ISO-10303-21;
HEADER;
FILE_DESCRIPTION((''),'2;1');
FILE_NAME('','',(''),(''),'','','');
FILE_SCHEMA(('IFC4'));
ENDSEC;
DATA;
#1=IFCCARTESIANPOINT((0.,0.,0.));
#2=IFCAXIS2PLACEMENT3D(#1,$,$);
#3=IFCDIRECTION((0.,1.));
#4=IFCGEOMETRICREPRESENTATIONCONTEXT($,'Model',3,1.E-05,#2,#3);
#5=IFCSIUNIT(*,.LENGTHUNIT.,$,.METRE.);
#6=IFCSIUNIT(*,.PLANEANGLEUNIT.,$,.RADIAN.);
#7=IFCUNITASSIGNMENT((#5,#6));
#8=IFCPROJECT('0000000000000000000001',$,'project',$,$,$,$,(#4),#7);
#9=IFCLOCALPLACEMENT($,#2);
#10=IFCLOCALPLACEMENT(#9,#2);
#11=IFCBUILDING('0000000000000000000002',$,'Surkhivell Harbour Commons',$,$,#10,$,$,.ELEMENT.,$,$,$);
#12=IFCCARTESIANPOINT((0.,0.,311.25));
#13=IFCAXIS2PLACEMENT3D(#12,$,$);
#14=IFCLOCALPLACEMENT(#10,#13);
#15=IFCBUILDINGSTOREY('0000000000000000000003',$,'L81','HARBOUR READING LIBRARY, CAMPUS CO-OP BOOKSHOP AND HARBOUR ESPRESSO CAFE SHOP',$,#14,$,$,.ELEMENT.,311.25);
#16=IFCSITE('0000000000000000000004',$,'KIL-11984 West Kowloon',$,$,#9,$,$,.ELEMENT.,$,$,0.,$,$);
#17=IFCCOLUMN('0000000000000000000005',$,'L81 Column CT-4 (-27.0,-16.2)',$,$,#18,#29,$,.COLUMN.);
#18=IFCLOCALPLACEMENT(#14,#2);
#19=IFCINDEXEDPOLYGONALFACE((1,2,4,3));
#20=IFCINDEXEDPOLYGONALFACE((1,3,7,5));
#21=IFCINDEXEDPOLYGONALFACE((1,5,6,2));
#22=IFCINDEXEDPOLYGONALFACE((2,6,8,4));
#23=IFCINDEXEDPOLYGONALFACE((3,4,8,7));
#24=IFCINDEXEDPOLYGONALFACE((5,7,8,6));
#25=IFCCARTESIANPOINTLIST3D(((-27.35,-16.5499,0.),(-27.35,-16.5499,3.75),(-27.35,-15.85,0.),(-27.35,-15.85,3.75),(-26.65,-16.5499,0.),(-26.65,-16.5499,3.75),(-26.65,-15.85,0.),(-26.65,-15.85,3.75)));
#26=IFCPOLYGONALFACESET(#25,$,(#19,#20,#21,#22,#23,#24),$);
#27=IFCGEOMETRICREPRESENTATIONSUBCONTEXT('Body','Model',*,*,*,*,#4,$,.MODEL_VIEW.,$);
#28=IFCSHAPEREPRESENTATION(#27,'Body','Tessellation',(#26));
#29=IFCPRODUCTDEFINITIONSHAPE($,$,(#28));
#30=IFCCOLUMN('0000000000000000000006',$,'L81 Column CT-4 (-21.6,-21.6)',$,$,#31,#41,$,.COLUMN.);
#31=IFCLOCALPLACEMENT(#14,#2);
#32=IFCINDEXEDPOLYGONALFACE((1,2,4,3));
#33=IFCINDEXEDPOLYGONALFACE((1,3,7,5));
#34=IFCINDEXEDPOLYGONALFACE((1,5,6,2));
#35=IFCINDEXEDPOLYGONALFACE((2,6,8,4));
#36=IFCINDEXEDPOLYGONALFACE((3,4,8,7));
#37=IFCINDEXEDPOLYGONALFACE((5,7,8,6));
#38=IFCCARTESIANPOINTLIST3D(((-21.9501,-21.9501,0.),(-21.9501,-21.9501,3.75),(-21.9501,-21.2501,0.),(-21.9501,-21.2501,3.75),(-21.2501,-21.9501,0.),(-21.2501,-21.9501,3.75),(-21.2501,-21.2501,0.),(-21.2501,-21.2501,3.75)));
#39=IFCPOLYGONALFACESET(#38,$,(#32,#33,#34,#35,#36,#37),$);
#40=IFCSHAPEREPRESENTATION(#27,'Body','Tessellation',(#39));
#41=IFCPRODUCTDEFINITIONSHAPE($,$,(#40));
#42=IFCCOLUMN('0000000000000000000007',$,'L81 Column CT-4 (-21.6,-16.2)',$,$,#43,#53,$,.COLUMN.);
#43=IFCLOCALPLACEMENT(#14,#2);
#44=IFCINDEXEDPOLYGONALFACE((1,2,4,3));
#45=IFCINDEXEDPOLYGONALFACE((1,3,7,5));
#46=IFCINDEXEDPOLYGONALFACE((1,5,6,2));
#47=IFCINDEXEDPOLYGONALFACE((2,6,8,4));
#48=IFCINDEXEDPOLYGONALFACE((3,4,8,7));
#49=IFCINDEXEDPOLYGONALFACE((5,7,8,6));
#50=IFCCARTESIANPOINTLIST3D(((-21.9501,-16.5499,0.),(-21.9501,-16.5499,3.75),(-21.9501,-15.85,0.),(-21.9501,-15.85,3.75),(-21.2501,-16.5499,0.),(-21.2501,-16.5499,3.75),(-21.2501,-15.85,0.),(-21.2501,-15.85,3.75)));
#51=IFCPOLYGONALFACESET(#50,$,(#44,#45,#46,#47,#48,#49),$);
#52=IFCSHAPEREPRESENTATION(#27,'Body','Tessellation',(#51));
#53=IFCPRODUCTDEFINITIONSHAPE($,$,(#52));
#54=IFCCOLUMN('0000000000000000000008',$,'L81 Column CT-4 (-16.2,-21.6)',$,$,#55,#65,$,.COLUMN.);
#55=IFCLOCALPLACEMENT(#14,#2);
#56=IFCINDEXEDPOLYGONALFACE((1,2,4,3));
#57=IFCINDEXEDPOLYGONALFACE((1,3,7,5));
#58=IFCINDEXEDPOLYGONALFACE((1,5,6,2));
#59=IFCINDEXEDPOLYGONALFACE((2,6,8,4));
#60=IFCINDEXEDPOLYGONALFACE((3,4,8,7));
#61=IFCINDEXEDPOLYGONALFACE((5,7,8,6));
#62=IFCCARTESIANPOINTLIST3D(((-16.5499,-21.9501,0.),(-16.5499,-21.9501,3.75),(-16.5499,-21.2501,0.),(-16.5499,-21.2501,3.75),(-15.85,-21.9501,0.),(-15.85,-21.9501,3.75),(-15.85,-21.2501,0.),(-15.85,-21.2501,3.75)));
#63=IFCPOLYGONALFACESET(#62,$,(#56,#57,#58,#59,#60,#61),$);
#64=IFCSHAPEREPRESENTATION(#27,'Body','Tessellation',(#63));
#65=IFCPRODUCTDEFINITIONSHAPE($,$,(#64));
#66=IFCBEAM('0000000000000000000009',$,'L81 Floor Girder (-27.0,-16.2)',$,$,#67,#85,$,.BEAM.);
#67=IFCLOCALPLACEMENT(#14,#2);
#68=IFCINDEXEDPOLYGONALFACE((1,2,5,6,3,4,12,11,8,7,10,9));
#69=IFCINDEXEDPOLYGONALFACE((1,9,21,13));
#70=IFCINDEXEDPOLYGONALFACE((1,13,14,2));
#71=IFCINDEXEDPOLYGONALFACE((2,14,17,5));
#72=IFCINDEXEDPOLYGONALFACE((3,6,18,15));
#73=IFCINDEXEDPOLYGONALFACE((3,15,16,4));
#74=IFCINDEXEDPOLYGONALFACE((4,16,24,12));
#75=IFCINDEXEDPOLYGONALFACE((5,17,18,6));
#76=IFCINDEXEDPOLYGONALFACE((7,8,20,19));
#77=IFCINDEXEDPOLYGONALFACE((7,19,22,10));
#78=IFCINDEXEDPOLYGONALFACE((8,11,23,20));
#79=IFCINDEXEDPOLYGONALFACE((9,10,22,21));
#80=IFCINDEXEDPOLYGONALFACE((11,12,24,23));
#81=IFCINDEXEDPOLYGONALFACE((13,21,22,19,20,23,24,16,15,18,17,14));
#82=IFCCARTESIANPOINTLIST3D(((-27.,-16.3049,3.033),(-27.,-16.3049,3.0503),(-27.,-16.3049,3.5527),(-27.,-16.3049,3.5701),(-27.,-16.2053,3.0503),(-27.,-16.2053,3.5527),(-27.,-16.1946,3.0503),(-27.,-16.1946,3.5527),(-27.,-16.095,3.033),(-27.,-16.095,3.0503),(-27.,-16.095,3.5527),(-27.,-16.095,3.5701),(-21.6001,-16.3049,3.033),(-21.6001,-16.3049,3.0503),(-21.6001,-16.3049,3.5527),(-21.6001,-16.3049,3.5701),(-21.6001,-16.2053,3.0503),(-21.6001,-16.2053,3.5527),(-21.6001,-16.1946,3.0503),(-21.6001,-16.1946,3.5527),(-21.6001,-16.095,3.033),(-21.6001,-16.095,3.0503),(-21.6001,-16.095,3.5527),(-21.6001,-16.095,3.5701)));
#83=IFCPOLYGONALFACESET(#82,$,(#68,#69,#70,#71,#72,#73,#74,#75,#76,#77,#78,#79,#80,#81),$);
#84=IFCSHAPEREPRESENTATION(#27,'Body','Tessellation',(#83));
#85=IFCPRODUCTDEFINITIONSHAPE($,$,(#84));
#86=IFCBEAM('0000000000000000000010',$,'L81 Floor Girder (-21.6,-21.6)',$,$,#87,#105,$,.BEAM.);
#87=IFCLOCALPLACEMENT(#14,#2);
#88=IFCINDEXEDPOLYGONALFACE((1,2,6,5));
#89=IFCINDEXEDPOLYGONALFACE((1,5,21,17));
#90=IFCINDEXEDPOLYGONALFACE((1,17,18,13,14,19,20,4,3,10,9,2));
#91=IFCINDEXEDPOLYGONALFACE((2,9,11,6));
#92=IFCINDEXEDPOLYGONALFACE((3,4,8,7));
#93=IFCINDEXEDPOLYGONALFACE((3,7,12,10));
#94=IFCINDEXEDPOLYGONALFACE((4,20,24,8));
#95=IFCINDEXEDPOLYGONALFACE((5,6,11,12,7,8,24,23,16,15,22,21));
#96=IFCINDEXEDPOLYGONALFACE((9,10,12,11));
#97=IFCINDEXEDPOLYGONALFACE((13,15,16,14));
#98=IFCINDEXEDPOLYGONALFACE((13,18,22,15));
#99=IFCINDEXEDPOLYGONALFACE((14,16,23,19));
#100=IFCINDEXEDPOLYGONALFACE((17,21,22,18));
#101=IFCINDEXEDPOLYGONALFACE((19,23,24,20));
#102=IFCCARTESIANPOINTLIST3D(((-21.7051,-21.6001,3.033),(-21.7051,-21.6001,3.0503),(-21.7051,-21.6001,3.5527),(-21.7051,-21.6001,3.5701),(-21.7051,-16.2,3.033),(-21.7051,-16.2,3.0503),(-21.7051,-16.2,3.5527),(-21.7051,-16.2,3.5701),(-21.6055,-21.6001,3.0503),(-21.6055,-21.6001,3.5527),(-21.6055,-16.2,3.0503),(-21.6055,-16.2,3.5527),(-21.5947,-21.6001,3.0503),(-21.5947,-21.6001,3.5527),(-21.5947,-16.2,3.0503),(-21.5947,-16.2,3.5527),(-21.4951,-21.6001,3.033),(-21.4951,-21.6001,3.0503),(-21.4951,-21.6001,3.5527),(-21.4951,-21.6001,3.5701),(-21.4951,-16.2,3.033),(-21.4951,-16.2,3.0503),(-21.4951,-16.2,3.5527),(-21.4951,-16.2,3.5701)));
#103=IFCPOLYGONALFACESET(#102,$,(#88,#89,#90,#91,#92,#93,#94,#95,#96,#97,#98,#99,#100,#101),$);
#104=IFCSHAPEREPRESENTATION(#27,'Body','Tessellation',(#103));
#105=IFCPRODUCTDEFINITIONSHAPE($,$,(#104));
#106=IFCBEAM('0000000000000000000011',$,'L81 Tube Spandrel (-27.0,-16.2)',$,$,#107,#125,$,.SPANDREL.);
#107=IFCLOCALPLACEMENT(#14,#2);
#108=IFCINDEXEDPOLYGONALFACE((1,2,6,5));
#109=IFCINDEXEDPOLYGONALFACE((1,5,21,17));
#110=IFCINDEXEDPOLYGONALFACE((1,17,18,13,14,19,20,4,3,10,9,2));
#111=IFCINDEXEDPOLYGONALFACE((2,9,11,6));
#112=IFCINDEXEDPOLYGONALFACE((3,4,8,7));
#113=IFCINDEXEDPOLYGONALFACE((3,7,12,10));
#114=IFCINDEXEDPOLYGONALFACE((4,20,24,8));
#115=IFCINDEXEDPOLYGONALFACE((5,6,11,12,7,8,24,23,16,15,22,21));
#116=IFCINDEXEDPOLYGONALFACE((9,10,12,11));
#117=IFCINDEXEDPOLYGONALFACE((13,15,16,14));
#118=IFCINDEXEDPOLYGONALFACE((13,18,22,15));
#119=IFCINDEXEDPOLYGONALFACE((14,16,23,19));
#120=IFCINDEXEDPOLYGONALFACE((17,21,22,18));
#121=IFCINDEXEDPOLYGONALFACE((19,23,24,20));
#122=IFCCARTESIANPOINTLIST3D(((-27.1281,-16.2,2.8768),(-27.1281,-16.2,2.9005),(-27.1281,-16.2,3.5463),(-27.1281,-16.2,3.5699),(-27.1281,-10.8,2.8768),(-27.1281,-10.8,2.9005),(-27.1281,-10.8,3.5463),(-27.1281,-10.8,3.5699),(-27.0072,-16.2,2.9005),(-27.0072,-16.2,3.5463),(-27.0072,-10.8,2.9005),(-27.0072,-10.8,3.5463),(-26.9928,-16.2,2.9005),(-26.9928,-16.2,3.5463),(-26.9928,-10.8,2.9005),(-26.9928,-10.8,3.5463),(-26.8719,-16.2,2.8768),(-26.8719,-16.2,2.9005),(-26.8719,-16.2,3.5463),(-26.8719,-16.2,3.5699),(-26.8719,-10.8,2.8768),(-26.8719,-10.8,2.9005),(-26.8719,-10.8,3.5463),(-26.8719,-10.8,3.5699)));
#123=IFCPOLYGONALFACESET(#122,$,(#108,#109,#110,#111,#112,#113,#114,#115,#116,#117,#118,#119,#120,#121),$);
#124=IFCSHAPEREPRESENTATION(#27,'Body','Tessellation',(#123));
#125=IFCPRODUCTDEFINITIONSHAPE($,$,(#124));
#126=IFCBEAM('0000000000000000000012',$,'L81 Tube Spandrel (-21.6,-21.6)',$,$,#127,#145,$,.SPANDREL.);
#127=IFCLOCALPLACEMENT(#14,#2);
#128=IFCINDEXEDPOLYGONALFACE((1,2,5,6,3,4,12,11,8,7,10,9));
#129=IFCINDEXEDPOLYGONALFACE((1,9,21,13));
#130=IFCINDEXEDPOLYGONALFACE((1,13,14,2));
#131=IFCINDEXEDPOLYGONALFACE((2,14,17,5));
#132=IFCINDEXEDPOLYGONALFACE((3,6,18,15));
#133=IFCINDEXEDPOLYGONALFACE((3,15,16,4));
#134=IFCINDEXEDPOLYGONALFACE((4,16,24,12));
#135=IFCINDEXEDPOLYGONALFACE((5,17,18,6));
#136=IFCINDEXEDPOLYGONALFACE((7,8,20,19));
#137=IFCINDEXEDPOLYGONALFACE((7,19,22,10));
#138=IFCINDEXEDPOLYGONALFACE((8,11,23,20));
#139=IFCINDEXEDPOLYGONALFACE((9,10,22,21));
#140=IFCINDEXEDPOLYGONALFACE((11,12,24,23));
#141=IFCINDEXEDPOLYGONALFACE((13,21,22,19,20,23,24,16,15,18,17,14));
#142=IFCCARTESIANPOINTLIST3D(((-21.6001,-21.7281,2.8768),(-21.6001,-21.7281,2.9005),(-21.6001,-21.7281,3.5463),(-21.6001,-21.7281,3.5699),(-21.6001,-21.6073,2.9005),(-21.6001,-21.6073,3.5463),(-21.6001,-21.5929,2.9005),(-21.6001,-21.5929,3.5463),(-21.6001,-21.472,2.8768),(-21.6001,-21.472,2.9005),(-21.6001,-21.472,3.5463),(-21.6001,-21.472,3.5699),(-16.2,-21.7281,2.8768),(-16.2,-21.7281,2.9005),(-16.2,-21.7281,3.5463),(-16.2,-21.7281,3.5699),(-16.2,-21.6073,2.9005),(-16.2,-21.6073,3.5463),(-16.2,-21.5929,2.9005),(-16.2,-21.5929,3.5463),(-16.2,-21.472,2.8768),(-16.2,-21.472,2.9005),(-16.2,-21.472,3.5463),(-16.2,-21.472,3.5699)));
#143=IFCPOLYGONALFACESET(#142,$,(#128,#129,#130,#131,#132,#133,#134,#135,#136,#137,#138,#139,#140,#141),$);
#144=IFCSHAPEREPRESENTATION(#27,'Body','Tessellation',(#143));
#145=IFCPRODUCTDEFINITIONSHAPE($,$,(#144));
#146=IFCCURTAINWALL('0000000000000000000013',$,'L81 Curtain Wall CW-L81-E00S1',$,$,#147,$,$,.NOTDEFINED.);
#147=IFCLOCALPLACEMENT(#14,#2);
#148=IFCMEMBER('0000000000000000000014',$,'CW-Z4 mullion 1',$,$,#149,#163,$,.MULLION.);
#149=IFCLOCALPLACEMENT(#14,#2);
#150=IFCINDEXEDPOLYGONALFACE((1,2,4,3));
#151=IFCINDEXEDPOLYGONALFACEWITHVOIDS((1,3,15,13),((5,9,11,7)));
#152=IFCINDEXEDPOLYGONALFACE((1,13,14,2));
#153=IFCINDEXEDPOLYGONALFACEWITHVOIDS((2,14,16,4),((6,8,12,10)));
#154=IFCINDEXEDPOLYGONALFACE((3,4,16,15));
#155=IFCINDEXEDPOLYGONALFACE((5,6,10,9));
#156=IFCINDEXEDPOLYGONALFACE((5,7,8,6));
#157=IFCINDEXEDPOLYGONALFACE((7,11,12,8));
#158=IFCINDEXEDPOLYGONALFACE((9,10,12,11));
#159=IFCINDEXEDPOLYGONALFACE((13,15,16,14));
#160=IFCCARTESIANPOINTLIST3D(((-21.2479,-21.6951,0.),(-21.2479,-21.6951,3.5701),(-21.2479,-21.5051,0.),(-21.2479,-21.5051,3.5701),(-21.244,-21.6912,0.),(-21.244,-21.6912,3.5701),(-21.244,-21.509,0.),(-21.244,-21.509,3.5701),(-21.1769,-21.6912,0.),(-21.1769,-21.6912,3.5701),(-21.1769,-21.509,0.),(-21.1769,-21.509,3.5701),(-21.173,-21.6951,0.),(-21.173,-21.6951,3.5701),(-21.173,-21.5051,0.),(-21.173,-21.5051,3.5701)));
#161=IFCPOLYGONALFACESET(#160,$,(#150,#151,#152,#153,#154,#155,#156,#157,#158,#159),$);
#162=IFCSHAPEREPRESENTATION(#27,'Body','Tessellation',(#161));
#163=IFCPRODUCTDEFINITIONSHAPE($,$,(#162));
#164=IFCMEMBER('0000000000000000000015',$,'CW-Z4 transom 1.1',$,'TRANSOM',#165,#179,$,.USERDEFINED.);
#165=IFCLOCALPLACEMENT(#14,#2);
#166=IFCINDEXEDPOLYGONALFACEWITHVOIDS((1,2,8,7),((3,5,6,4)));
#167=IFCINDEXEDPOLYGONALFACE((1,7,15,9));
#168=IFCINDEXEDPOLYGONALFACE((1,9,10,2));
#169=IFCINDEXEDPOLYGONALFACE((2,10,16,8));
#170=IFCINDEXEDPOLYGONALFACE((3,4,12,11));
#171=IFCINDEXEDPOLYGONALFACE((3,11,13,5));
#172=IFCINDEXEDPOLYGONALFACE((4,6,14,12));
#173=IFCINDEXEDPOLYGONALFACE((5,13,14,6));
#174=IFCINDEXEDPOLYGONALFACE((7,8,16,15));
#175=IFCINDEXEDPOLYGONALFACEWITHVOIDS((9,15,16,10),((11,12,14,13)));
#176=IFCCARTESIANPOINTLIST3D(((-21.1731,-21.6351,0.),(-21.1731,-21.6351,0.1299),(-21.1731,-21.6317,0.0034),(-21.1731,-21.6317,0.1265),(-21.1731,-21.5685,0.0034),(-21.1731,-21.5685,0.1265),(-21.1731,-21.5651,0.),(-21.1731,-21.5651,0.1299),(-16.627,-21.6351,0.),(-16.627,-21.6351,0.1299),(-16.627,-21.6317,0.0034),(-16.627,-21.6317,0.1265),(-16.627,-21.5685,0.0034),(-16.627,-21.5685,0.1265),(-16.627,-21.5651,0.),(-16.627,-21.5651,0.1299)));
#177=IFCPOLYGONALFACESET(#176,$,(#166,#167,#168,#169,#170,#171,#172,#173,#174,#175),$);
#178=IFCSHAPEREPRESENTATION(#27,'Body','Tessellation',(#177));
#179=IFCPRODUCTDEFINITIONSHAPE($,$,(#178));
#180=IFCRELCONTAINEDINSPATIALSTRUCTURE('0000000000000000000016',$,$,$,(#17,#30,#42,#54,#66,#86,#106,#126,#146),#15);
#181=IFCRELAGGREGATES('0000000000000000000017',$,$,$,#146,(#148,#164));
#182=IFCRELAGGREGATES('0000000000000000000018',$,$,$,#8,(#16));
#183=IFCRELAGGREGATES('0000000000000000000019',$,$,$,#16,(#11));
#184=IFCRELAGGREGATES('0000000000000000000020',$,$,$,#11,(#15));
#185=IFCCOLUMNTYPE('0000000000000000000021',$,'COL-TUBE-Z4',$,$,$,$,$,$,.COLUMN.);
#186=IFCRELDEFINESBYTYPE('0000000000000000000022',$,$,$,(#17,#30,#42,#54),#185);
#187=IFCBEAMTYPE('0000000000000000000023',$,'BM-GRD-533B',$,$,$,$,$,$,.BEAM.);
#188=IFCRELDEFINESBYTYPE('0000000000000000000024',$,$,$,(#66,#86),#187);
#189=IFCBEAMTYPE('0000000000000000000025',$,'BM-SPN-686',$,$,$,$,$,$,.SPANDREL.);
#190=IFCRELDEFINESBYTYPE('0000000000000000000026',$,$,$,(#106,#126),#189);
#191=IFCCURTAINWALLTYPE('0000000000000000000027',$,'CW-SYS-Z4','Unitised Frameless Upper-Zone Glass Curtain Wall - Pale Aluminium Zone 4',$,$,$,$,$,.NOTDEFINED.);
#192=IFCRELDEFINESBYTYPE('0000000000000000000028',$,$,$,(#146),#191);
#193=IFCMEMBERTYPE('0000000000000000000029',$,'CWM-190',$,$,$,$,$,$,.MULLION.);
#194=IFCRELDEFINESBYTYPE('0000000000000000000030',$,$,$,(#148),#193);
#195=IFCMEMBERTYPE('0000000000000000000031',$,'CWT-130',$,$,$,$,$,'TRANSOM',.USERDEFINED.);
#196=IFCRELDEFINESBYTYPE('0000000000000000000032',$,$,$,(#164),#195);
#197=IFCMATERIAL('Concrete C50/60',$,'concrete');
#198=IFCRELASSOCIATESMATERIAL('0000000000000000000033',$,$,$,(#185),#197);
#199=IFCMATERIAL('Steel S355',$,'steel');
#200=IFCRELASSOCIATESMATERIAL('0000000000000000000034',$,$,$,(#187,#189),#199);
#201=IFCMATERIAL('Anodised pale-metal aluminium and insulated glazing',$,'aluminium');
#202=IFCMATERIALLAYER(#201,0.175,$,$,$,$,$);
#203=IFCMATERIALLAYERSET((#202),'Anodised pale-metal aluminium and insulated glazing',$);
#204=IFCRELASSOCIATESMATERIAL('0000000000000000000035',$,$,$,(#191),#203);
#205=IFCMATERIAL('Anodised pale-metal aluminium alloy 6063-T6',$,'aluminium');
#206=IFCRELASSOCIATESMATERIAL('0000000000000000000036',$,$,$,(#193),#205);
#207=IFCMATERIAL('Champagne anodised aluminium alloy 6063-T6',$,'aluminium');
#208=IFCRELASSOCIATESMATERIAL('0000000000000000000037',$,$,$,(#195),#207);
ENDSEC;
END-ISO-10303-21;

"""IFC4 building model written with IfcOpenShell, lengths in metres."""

from ifc_helpers import new_model, si_unit, direction, frame, origin, origin_2d, place, context, subcontext, project, spatial, rectangle, hollow_rectangle, i_section, extrude, material, layer, layer_set, material_profile, profile_set, type_object, element, aggregate, save


model = new_model("IFC4")

# Units and contexts
model_context = context("Model", 3, precision=1e-05, world=origin(), true_north=direction((0.0, 1.0)))
body_context = subcontext(model_context, "Body", "Model", "MODEL_VIEW")
ifc_project = project(units=[si_unit("LENGTHUNIT", "METRE"), si_unit("PLANEANGLEUNIT", "RADIAN")], contexts=[model_context])

# Site, building, storey
site_placement = place(None, origin())
site = spatial("IfcSite", under=ifc_project, at=site_placement, Name="KIL-11984 West Kowloon", CompositionType="ELEMENT", RefElevation=0.0)
building_placement = place(site_placement, origin())
building = spatial("IfcBuilding", under=site, at=building_placement, Name="Surkhivell Harbour Commons", CompositionType="ELEMENT")
storey_placement = place(building_placement, frame((0.0, 0.0, 311.25)))
storey = spatial("IfcBuildingStorey", under=building, at=storey_placement, Name="L81", Description="HARBOUR READING LIBRARY, CAMPUS CO-OP BOOKSHOP AND HARBOUR ESPRESSO CAFE SHOP", CompositionType="ELEMENT", Elevation=311.25)

# Columns
ifc_material_1 = material(Name="Concrete C50/60", Category="concrete")
ifc_material_profile_1 = material_profile(ifc_material_1, rectangle(XDim=0.7, YDim=0.7, at=origin_2d()), Name="RC-COL-700x700")
ifc_profile_set_1 = profile_set([ifc_material_profile_1], Name="Concrete C50/60")
column_type = type_object("IfcColumnType", Name="COL-TUBE-Z4", PredefinedType="COLUMN", material=ifc_profile_set_1)
for number, where, z_axis, x_axis, name in (
    (1, (-27.0, -16.2, 0.0), (0.0, 0.0, 1.0), (1.0, 0.0, 0.0), "L81 Column CT-4 (-27.0,-16.2)"),
    (2, (-21.6001, -21.6001, 0.0), (0.0, 0.0, 1.0), (1.0, 0.0, 0.0), "L81 Column CT-4 (-21.6,-21.6)"),
    (3, (-21.6001, -16.2, 0.0), (0.0, 0.0, 1.0), (1.0, 0.0, 0.0), "L81 Column CT-4 (-21.6,-16.2)"),
    (4, (-16.2, -21.6001, 0.0), (0.0, 0.0, 1.0), (1.0, 0.0, 0.0), "L81 Column CT-4 (-16.2,-21.6)"),
):
    element("IfcColumn", number, at=place(storey_placement, frame(where, z_axis=z_axis, x_axis=x_axis)), inside=storey, type_object=column_type, Name=name, PredefinedType="COLUMN", context=body_context, shape_type="SweptSolid", body=[
        extrude(rectangle(XDim=0.7, YDim=0.7, at=origin_2d()), origin(), (0.0, 0.0, 1.0), 3.75),
    ])

# Beams
ifc_material_2 = material(Name="Steel S355", Category="steel")
ifc_material_profile_2 = material_profile(ifc_material_2, i_section(OverallWidth=0.21, OverallDepth=0.5371, WebThickness=0.0107, FlangeThickness=0.0173, at=origin_2d()), Name="UB533x210x101")
ifc_profile_set_2 = profile_set([ifc_material_profile_2], Name="Steel S355")
beam_type_1 = type_object("IfcBeamType", Name="BM-GRD-533B", PredefinedType="BEAM", material=ifc_profile_set_2)
beam_1_placement = place(storey_placement, frame((-27.0, -16.2, 3.3015), z_axis=(1.0, 0.0, 0.0), x_axis=(0.0, 1.0, 0.0)))
element("IfcBeam", 5, at=beam_1_placement, inside=storey, type_object=beam_type_1, Name="L81 Floor Girder (-27.0,-16.2)", PredefinedType="BEAM", context=body_context, shape_type="SweptSolid", body=[
    extrude(i_section(OverallWidth=0.21, OverallDepth=0.5371, WebThickness=0.0107, FlangeThickness=0.0173, at=origin_2d()), origin(), (0.0, 0.0, 1.0), 5.3999),
])
beam_2_placement = place(storey_placement, frame((-21.6001, -21.6001, 3.3015), z_axis=(0.0, 1.0, 0.0), x_axis=(-1.0, 0.0, 0.0)))
element("IfcBeam", 6, at=beam_2_placement, inside=storey, type_object=beam_type_1, Name="L81 Floor Girder (-21.6,-21.6)", PredefinedType="BEAM", context=body_context, shape_type="SweptSolid", body=[
    extrude(i_section(OverallWidth=0.21, OverallDepth=0.5371, WebThickness=0.0107, FlangeThickness=0.0173, at=origin_2d()), origin(), (0.0, 0.0, 1.0), 5.4001),
])
ifc_material_profile_3 = material_profile(ifc_material_2, i_section(OverallWidth=0.2561, OverallDepth=0.6931, WebThickness=0.0144, FlangeThickness=0.0237, at=origin_2d()), Name="UB686x254x170")
ifc_profile_set_3 = profile_set([ifc_material_profile_3], Name="Steel S355")
beam_type_2 = type_object("IfcBeamType", Name="BM-SPN-686", PredefinedType="SPANDREL", material=ifc_profile_set_3)
beam_3_placement = place(storey_placement, frame((-27.0, -16.2, 3.2234), z_axis=(0.0, 1.0, 0.0), x_axis=(-1.0, 0.0, 0.0)))
element("IfcBeam", 7, at=beam_3_placement, inside=storey, type_object=beam_type_2, Name="L81 Tube Spandrel (-27.0,-16.2)", PredefinedType="SPANDREL", context=body_context, shape_type="SweptSolid", body=[
    extrude(i_section(OverallWidth=0.2561, OverallDepth=0.6931, WebThickness=0.0144, FlangeThickness=0.0237, at=origin_2d()), origin(), (0.0, 0.0, 1.0), 5.3999),
])
beam_4_placement = place(storey_placement, frame((-21.6001, -21.6001, 3.2234), z_axis=(1.0, 0.0, 0.0), x_axis=(0.0, 1.0, 0.0)))
element("IfcBeam", 8, at=beam_4_placement, inside=storey, type_object=beam_type_2, Name="L81 Tube Spandrel (-21.6,-21.6)", PredefinedType="SPANDREL", context=body_context, shape_type="SweptSolid", body=[
    extrude(i_section(OverallWidth=0.2561, OverallDepth=0.6931, WebThickness=0.0144, FlangeThickness=0.0237, at=origin_2d()), origin(), (0.0, 0.0, 1.0), 5.4001),
])

# Curtain wall, members
ifc_material_3 = material(Name="Anodised pale-metal aluminium and insulated glazing", Category="aluminium")
ifc_layer_1 = layer(ifc_material_3, 0.175)
ifc_layer_set_1 = layer_set([ifc_layer_1], Name="Anodised pale-metal aluminium and insulated glazing")
curtain_wall_type = type_object("IfcCurtainWallType", Name="CW-SYS-Z4", Description="Unitised Frameless Upper-Zone Glass Curtain Wall - Pale Aluminium Zone 4", PredefinedType="NOTDEFINED", material=ifc_layer_set_1)
curtain_wall_placement = place(storey_placement, origin())
curtain_wall = element("IfcCurtainWall", 9, at=curtain_wall_placement, inside=storey, type_object=curtain_wall_type, Name="L81 Curtain Wall CW-L81-E00S1", PredefinedType="NOTDEFINED")
ifc_material_4 = material(Name="Anodised pale-metal aluminium alloy 6063-T6", Category="aluminium")
ifc_material_profile_4 = material_profile(ifc_material_4, hollow_rectangle(XDim=0.075, YDim=0.1899, WallThickness=0.0039, at=origin_2d()), Name="ALU-MULL-75x190")
ifc_profile_set_4 = profile_set([ifc_material_profile_4], Name="Anodised pale-metal aluminium alloy 6063-T6")
member_type_1 = type_object("IfcMemberType", Name="CWM-190", PredefinedType="MULLION", material=ifc_profile_set_4)
member_1_placement = place(storey_placement, frame((-21.2104, -21.6001, 0.0), z_axis=(0.0, 0.0, 1.0), x_axis=(1.0, 0.0, 0.0)))
member_1 = element("IfcMember", 10, at=member_1_placement, type_object=member_type_1, Name="CW-Z4 mullion 1", PredefinedType="MULLION", context=body_context, shape_type="SweptSolid", body=[
    extrude(hollow_rectangle(XDim=0.075, YDim=0.1899, WallThickness=0.0039, at=origin_2d()), origin(), (0.0, 0.0, 1.0), 3.5701),
])
ifc_material_5 = material(Name="Champagne anodised aluminium alloy 6063-T6", Category="aluminium")
ifc_material_profile_5 = material_profile(ifc_material_5, hollow_rectangle(XDim=0.0701, YDim=0.1299, WallThickness=0.0034, at=origin_2d()), Name="ALU-TRAN-70x130")
ifc_profile_set_5 = profile_set([ifc_material_profile_5], Name="Champagne anodised aluminium alloy 6063-T6")
member_type_2 = type_object("IfcMemberType", Name="CWT-130", ElementType="TRANSOM", PredefinedType="USERDEFINED", material=ifc_profile_set_5)
member_2_placement = place(storey_placement, frame((-21.1731, -21.6001, 0.0649), z_axis=(1.0, 0.0, 0.0), x_axis=(0.0, 1.0, 0.0)))
member_2 = element("IfcMember", 11, at=member_2_placement, type_object=member_type_2, Name="CW-Z4 transom 1.1", ObjectType="TRANSOM", PredefinedType="USERDEFINED", context=body_context, shape_type="SweptSolid", body=[
    extrude(hollow_rectangle(XDim=0.0701, YDim=0.1299, WallThickness=0.0034, at=origin_2d()), origin(), (0.0, 0.0, 1.0), 4.5461),
])

aggregate(curtain_wall, [member_1, member_2])

save(model, "model.ifc")
